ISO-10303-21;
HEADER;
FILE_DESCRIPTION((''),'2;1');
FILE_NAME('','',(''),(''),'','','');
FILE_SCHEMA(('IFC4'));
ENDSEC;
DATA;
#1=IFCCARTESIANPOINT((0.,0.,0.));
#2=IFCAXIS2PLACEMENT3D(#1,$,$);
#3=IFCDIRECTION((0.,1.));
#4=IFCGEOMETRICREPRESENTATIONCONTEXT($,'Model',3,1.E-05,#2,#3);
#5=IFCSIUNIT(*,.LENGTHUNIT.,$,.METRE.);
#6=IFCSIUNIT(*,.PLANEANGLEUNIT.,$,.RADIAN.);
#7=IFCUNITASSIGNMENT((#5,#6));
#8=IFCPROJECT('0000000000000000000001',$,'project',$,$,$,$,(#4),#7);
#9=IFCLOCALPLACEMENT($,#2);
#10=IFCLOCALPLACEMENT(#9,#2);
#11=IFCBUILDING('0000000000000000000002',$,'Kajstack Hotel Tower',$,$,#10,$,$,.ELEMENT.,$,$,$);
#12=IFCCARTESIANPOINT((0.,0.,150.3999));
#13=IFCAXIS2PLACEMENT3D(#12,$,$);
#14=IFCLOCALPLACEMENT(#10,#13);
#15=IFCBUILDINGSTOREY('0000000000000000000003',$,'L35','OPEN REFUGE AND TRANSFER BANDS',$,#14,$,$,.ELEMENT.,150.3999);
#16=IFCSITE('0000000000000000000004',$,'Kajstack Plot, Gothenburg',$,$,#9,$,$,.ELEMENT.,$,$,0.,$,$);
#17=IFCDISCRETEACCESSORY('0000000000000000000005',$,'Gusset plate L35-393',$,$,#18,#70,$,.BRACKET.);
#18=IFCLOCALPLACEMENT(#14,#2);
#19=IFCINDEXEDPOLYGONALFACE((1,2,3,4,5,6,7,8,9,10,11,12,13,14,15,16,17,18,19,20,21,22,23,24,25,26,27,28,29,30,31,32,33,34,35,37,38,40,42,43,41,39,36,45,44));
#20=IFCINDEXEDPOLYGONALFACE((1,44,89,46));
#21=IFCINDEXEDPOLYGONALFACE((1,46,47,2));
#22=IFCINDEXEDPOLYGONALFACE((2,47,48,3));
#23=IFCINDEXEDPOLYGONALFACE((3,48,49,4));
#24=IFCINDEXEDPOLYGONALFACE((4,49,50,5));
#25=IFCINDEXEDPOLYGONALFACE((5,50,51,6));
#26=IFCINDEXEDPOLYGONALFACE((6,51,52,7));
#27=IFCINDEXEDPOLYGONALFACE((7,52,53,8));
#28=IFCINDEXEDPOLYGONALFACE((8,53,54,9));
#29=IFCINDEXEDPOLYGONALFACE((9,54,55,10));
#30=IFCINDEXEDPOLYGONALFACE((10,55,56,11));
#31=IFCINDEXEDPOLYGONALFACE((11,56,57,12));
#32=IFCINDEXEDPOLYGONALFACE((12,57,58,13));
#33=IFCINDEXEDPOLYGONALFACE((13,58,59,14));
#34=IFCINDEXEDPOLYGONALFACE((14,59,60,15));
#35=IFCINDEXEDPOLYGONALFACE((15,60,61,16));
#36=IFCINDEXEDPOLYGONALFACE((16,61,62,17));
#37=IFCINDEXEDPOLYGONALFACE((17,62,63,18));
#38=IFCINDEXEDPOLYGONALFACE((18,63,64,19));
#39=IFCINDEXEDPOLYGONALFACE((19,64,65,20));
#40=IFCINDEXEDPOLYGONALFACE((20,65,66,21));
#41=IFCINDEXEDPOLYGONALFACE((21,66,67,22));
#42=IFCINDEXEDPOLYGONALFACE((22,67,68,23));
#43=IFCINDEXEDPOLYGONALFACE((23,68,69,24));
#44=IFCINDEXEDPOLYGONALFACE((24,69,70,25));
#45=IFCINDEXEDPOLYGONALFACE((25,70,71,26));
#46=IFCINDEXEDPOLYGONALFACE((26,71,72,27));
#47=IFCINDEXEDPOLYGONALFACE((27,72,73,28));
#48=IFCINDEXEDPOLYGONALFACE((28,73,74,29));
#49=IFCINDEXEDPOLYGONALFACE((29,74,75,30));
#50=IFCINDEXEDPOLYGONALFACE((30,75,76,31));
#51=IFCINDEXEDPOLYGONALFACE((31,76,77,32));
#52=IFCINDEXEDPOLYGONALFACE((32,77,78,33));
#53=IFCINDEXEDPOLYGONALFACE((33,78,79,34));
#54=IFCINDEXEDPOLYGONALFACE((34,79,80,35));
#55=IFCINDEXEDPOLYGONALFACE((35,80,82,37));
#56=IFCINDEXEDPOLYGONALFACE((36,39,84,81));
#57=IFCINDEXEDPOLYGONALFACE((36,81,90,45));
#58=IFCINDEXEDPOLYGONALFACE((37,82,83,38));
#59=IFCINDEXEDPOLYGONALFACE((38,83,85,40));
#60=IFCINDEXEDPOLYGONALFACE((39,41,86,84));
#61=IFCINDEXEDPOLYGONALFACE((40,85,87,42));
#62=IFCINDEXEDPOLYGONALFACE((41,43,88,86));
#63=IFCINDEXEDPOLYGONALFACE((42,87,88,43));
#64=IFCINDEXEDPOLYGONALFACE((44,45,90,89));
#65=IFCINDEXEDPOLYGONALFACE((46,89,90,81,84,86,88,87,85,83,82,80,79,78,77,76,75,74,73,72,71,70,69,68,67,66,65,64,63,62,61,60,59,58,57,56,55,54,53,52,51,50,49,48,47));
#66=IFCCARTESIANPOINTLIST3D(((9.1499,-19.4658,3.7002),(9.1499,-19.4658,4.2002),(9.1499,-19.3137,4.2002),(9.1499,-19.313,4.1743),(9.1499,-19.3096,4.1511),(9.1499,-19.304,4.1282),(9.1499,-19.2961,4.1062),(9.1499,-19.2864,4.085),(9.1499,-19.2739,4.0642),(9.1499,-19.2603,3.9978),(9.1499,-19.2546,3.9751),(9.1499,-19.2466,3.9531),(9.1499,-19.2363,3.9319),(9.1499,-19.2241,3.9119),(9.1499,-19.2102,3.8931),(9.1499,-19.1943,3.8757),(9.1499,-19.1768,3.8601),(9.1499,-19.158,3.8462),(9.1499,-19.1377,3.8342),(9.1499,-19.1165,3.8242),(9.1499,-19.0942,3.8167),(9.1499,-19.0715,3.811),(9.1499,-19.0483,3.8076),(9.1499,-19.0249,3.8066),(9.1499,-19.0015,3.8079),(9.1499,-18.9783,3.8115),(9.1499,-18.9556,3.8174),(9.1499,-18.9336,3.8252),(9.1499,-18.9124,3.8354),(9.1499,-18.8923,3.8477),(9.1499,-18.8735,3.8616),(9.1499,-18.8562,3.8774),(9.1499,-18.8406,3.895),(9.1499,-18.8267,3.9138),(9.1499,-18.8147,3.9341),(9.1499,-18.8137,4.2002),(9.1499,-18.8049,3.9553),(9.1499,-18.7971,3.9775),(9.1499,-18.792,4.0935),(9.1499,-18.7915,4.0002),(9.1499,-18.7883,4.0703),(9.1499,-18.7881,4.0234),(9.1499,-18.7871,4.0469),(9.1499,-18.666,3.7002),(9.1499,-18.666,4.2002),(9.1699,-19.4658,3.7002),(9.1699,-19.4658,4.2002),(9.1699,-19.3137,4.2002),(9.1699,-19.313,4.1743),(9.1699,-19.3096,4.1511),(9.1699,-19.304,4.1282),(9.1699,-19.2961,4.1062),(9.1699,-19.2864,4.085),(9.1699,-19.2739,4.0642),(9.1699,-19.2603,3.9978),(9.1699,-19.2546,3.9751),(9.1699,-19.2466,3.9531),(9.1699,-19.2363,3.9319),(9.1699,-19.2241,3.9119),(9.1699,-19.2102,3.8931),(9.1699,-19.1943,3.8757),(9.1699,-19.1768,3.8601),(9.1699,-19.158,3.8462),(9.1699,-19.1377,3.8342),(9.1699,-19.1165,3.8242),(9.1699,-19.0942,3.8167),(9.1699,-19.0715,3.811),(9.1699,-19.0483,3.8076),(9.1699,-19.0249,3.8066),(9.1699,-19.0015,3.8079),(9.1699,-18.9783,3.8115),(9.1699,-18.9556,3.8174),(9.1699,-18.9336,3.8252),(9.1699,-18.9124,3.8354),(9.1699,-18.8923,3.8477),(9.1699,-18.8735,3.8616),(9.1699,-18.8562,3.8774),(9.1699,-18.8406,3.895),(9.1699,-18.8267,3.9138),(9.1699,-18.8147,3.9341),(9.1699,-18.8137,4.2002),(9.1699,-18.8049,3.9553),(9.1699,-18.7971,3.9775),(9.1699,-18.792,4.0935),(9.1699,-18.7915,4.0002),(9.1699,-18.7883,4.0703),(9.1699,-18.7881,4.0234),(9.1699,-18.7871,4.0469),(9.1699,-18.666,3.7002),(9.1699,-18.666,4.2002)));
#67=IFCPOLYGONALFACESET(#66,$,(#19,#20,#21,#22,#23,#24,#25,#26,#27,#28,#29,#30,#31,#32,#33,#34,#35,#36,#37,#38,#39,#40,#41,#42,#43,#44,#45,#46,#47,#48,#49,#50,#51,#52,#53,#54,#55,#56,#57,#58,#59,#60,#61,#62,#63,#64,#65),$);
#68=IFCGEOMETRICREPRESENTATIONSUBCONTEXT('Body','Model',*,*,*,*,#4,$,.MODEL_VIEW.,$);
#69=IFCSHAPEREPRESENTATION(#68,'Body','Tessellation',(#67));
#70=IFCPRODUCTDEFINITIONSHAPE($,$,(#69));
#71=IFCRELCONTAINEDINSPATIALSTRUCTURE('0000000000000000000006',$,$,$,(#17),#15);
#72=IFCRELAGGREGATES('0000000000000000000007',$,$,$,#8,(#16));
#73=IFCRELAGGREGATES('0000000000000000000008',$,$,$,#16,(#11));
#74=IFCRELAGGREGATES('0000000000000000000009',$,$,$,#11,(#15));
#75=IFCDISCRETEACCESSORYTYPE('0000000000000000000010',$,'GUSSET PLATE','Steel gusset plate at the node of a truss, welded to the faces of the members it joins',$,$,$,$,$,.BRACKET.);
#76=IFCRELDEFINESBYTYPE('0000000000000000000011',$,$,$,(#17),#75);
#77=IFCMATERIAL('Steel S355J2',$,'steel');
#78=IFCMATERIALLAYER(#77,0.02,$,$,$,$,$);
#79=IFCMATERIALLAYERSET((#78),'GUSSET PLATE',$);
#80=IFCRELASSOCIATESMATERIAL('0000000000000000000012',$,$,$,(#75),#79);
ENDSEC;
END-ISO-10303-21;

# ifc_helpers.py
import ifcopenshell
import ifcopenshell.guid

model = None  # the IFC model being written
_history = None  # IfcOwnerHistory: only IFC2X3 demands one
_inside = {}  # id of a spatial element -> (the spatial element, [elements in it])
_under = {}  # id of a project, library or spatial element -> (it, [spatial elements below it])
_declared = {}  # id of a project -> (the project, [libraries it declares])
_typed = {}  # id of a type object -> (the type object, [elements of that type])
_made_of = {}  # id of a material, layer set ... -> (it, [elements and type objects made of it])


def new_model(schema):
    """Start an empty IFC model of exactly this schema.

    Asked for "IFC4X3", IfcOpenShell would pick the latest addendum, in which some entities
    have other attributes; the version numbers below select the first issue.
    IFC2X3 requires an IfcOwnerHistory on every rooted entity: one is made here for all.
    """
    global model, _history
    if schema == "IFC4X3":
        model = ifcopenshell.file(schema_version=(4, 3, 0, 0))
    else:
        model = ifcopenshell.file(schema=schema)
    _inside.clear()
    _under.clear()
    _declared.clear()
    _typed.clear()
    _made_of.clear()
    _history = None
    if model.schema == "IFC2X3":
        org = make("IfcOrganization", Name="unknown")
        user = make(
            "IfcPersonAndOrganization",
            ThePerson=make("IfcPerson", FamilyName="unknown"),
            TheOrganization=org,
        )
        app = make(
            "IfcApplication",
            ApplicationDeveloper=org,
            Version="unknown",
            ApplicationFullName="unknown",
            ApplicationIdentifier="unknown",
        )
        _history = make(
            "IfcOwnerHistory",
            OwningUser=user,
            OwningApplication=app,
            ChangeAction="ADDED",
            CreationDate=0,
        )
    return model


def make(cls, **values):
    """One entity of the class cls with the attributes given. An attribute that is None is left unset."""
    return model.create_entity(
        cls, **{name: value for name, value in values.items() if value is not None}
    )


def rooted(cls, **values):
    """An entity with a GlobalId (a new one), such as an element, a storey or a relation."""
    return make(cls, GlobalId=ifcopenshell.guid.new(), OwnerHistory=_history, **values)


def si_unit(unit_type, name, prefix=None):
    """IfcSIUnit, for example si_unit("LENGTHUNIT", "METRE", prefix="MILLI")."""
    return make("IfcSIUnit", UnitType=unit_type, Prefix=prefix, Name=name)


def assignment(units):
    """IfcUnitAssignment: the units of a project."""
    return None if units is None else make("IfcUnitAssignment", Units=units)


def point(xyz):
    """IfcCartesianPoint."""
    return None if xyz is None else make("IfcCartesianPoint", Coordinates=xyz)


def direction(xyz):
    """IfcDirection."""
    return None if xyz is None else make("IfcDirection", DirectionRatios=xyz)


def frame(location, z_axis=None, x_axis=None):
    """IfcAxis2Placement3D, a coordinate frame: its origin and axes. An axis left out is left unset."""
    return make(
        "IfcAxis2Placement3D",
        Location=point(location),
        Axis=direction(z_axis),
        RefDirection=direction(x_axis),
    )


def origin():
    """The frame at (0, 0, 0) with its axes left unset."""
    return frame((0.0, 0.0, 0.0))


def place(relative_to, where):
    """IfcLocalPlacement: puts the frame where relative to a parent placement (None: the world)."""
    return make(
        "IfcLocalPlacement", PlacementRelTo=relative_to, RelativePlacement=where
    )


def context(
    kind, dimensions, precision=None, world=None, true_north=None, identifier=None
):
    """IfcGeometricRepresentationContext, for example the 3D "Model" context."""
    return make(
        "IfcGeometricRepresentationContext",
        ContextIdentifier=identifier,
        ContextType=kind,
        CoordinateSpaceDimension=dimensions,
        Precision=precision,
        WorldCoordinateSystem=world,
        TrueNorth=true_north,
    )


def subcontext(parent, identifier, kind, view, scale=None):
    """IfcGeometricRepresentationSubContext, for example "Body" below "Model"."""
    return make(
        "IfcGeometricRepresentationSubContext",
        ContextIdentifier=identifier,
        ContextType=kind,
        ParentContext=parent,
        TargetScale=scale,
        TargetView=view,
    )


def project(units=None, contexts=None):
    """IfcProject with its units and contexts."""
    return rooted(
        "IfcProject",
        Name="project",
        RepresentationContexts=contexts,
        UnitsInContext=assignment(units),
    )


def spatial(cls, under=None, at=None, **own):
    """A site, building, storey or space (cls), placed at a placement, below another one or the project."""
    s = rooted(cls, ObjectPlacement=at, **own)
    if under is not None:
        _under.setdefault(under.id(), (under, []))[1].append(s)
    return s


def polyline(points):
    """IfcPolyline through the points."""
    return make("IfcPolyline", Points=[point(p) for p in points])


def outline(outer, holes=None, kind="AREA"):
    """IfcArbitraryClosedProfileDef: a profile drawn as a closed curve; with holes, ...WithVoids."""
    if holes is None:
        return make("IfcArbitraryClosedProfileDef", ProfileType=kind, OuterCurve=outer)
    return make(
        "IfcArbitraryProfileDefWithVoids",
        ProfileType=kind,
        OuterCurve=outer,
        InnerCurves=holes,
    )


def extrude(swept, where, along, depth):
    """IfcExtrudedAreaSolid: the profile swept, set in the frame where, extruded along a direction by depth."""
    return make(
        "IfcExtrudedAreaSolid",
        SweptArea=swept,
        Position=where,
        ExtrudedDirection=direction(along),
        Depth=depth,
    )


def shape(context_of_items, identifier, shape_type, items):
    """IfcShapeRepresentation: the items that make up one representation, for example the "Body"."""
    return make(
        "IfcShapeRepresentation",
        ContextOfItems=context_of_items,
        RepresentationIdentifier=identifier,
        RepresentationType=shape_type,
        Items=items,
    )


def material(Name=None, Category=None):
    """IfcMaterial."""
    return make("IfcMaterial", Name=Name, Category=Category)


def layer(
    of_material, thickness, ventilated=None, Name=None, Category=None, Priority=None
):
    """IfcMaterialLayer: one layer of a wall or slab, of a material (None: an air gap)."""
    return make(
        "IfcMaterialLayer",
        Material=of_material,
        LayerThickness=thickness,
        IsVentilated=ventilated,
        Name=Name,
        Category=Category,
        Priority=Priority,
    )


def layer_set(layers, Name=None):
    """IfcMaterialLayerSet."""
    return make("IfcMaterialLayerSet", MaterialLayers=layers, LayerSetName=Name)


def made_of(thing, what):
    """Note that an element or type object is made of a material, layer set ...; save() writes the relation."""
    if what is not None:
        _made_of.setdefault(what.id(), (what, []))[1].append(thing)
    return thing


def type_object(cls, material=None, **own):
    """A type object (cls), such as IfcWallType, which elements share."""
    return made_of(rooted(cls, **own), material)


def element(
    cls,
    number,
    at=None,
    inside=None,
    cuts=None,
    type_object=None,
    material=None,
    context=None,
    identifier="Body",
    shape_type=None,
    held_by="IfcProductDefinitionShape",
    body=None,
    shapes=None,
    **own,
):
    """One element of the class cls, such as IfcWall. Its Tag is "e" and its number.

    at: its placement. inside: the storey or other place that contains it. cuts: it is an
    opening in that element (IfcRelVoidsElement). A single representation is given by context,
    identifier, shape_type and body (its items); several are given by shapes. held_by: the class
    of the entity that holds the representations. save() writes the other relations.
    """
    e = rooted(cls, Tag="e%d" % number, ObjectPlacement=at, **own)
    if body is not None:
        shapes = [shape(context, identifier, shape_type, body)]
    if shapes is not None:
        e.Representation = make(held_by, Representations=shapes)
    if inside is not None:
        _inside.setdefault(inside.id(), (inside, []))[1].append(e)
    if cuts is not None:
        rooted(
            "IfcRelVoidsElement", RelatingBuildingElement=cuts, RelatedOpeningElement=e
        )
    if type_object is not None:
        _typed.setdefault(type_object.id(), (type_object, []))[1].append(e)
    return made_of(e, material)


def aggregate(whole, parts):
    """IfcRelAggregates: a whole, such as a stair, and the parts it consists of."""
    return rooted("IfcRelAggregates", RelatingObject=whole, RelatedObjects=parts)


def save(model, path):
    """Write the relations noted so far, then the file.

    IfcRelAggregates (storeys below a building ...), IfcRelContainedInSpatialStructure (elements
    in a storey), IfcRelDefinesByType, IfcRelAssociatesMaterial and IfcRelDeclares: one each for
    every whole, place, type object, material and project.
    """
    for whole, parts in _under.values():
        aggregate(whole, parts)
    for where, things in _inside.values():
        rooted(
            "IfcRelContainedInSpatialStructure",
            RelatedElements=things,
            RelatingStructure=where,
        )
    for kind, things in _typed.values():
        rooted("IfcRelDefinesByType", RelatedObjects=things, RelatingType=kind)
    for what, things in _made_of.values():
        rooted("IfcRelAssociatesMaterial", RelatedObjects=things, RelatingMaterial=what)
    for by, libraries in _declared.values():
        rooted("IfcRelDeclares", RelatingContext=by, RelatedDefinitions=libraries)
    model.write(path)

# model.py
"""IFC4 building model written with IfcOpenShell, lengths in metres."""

from ifc_helpers import new_model, si_unit, direction, frame, origin, place, context, subcontext, project, spatial, polyline, outline, extrude, material, layer, layer_set, type_object, element, save


model = new_model("IFC4")

# Units and contexts
model_context = context("Model", 3, precision=1e-05, world=origin(), true_north=direction((0.0, 1.0)))
body_context = subcontext(model_context, "Body", "Model", "MODEL_VIEW")
ifc_project = project(units=[si_unit("LENGTHUNIT", "METRE"), si_unit("PLANEANGLEUNIT", "RADIAN")], contexts=[model_context])

# Site, building, storey
site_placement = place(None, origin())
site = spatial("IfcSite", under=ifc_project, at=site_placement, Name="Kajstack Plot, Gothenburg", CompositionType="ELEMENT", RefElevation=0.0)
building_placement = place(site_placement, origin())
building = spatial("IfcBuilding", under=site, at=building_placement, Name="Kajstack Hotel Tower", CompositionType="ELEMENT")
storey_placement = place(building_placement, frame((0.0, 0.0, 150.3999)))
storey = spatial("IfcBuildingStorey", under=building, at=storey_placement, Name="L35", Description="OPEN REFUGE AND TRANSFER BANDS", CompositionType="ELEMENT", Elevation=150.3999)

# Shared definitions
ifc_material_1 = material(Name="Steel S355J2", Category="steel")

# Discrete accessory
ifc_layer_1 = layer(ifc_material_1, 0.02)
ifc_layer_set_1 = layer_set([ifc_layer_1], Name="GUSSET PLATE")
discrete_accessory_type = type_object("IfcDiscreteAccessoryType", Name="GUSSET PLATE", Description="Steel gusset plate at the node of a truss, welded to the faces of the members it joins", PredefinedType="BRACKET", material=ifc_layer_set_1)
discrete_accessory_1_placement = place(storey_placement, frame((9.1499, -19.0659, 3.7002), z_axis=(1.0, 0.0, 0.0), x_axis=(0.0, 1.0, 0.0)))
element("IfcDiscreteAccessory", 1, at=discrete_accessory_1_placement, inside=storey, type_object=discrete_accessory_type, Name="Gusset plate L35-393", PredefinedType="BRACKET", context=body_context, shape_type="SweptSolid", body=[
    extrude(outline(polyline([(0.3999, 0.5), (0.2522, 0.5), (0.2739, 0.3933), (0.2776, 0.3701), (0.2788, 0.3467), (0.2778, 0.3232), (0.2744, 0.3), (0.2688, 0.2773), (0.261, 0.2551), (0.2512, 0.2339), (0.2393, 0.2136), (0.2253, 0.1948), (0.2097, 0.1772), (0.1924, 0.1614), (0.1736, 0.1475), (0.1536, 0.1353), (0.1323, 0.125), (0.1104, 0.1172), (0.0876, 0.1113), (0.0645, 0.1077), (0.041, 0.1064), (0.0176, 0.1074), (-0.0056, 0.1108), (-0.0283, 0.1165), (-0.0505, 0.124), (-0.0718, 0.134), (-0.092, 0.146), (-0.1108, 0.1599), (-0.1284, 0.1755), (-0.1443, 0.1929), (-0.1582, 0.2117), (-0.1704, 0.2317), (-0.1807, 0.2529), (-0.1887, 0.2749), (-0.1943, 0.2976), (-0.208, 0.364), (-0.2205, 0.3848), (-0.2302, 0.406), (-0.238, 0.428), (-0.2437, 0.4509), (-0.2471, 0.4741), (-0.2478, 0.5), (-0.3999, 0.5), (-0.3999, 0.0), (0.3999, 0.0), (0.3999, 0.5)])), origin(), (0.0, 0.0, 1.0), 0.02),
])

save(model, "model.ifc")
